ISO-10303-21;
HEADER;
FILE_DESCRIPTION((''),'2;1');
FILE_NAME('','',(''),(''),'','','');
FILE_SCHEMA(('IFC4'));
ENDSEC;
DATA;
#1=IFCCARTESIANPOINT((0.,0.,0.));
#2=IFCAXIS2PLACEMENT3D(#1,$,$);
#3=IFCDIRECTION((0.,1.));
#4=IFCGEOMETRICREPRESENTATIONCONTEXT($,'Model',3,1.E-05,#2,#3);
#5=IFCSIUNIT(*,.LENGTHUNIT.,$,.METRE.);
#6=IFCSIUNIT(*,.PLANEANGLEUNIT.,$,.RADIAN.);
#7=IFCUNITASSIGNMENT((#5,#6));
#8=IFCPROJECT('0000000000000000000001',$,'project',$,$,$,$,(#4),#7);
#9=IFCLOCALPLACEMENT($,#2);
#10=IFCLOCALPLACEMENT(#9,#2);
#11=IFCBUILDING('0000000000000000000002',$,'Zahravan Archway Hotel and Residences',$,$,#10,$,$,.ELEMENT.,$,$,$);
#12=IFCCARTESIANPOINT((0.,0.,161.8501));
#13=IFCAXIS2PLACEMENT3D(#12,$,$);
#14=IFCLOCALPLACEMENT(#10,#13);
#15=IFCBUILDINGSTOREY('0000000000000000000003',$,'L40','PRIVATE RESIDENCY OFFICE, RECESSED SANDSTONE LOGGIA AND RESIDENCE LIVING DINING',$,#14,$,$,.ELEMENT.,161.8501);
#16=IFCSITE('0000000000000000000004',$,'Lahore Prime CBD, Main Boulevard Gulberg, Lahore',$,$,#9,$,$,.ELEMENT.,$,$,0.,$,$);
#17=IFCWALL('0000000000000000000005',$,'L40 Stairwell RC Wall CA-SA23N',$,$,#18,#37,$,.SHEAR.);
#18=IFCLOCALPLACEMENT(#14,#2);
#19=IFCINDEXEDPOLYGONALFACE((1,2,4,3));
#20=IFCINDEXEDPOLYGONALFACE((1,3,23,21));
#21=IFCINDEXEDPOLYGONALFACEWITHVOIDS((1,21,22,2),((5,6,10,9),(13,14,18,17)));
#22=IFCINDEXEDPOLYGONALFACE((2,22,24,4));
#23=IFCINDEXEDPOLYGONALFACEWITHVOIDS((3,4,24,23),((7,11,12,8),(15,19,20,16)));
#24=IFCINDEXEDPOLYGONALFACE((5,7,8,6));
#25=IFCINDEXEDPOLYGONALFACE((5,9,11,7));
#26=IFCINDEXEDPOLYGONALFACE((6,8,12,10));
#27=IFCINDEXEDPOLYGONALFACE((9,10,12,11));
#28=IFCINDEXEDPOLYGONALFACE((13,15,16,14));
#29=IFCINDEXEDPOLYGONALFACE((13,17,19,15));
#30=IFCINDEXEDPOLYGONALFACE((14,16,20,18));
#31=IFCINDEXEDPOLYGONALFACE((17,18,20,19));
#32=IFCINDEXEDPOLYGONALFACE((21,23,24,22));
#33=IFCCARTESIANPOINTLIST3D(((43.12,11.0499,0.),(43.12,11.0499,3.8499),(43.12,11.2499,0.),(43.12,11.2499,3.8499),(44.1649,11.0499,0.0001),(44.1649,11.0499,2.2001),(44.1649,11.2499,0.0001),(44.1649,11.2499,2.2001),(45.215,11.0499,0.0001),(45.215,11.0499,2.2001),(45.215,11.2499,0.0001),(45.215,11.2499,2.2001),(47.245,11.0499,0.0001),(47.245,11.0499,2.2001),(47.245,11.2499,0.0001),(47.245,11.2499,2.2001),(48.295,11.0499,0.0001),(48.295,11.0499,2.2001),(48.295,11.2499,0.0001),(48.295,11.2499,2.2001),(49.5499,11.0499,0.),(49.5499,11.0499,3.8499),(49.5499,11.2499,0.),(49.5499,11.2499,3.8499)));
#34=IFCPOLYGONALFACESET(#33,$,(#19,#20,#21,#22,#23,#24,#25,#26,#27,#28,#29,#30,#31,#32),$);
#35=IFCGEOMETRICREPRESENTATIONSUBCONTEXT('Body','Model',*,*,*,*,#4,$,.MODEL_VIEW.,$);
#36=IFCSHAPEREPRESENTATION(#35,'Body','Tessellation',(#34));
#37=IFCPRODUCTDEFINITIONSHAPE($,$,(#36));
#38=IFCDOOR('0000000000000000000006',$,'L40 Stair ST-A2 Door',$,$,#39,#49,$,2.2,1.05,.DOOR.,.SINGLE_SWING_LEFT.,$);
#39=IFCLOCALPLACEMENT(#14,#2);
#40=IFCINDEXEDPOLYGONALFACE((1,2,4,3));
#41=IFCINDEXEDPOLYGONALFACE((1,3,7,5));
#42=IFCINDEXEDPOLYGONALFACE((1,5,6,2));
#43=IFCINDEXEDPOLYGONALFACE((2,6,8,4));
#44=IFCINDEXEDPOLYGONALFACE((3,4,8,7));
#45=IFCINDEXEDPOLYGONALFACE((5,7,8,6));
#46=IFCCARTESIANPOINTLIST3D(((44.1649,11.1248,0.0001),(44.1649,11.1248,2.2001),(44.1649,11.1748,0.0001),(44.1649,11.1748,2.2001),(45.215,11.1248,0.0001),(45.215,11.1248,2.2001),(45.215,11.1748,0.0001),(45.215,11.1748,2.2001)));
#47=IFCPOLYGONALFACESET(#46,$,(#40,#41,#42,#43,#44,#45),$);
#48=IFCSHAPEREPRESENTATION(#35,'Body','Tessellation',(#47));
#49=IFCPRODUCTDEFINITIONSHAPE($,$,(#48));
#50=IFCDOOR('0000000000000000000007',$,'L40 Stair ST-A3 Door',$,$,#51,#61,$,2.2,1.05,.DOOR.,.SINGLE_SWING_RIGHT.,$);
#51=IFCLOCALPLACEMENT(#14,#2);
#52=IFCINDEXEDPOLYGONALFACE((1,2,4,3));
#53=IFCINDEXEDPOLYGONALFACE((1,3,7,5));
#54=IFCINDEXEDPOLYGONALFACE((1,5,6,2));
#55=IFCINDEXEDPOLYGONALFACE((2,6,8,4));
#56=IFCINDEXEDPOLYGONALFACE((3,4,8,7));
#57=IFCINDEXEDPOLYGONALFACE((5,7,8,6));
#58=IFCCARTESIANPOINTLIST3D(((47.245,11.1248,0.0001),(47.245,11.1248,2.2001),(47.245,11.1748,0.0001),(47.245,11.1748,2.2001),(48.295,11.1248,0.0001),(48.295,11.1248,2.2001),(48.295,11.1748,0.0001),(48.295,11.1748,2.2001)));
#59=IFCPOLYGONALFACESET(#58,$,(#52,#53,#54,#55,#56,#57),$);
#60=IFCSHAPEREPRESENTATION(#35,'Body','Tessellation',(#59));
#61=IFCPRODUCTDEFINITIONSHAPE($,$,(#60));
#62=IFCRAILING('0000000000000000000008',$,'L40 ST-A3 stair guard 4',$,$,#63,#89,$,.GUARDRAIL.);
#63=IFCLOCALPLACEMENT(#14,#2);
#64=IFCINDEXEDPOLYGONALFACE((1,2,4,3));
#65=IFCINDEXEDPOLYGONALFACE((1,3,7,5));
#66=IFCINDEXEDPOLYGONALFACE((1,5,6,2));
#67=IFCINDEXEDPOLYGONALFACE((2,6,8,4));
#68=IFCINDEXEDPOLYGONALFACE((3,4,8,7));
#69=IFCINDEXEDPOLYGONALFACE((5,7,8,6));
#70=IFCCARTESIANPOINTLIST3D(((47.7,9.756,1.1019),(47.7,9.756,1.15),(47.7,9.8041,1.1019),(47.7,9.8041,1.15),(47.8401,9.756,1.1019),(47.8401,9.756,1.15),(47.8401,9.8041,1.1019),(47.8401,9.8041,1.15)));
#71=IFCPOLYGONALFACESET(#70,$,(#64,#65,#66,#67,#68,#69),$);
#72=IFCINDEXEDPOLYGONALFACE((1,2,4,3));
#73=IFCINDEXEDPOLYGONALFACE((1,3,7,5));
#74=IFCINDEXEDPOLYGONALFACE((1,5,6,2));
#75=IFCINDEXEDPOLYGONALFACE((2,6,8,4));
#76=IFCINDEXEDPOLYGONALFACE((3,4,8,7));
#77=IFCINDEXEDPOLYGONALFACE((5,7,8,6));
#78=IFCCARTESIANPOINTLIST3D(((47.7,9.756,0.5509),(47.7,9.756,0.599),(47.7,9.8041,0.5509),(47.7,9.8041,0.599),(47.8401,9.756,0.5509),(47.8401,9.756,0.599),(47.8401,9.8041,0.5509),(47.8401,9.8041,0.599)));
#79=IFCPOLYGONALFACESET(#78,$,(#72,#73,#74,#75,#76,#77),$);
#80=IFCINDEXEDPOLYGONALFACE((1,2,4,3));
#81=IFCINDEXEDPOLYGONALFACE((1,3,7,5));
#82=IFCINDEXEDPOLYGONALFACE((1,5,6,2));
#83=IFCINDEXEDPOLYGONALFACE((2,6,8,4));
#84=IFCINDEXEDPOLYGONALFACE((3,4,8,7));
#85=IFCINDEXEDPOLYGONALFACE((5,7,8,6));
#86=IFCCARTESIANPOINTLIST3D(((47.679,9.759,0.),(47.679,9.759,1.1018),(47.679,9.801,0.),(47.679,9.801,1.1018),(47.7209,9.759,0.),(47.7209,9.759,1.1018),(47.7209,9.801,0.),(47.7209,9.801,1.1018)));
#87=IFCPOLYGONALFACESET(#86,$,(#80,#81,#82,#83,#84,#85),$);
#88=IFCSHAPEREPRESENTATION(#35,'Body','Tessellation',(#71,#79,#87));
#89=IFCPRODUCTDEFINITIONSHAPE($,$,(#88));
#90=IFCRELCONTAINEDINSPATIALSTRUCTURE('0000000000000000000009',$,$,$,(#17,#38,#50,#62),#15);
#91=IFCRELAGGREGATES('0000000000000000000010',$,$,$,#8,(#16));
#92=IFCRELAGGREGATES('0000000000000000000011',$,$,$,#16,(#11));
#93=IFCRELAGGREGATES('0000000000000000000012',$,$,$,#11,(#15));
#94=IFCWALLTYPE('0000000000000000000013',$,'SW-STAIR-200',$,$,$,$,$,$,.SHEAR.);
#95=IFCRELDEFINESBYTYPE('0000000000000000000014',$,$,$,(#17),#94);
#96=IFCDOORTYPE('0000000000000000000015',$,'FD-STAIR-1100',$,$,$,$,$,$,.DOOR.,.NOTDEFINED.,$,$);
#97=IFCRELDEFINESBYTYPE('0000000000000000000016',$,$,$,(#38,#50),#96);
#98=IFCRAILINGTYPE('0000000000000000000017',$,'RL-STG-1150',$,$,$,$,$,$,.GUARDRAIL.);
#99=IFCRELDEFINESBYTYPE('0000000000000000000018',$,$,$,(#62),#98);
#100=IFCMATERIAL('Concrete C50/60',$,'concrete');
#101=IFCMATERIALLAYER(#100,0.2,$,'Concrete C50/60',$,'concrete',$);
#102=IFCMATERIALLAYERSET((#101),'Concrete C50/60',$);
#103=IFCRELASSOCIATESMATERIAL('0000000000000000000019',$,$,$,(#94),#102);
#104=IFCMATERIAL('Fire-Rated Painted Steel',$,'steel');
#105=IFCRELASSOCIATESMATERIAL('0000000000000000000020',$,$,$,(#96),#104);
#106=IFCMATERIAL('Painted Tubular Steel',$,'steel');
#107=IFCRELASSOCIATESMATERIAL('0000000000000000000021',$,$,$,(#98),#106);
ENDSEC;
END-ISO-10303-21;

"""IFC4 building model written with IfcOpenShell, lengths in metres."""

from ifc_helpers import new_model, si_unit, direction, frame, frame_2d, origin, origin_2d, place, context, subcontext, project, spatial, rectangle, extrude, source, transform, mapped, material, layer, layer_set, type_object, type_shapes, element, fill, save


model = new_model("IFC4")

# Units and contexts
model_context = context("Model", 3, precision=1e-05, world=origin(), true_north=direction((0.0, 1.0)))
body_context = subcontext(model_context, "Body", "Model", "MODEL_VIEW")
ifc_project = project(units=[si_unit("LENGTHUNIT", "METRE"), si_unit("PLANEANGLEUNIT", "RADIAN")], contexts=[model_context])

# Site, building, storey
site_placement = place(None, origin())
site = spatial("IfcSite", under=ifc_project, at=site_placement, Name="Lahore Prime CBD, Main Boulevard Gulberg, Lahore", CompositionType="ELEMENT", RefElevation=0.0)
building_placement = place(site_placement, origin())
building = spatial("IfcBuilding", under=site, at=building_placement, Name="Zahravan Archway Hotel and Residences", CompositionType="ELEMENT")
storey_placement = place(building_placement, frame((0.0, 0.0, 161.8501)))
storey = spatial("IfcBuildingStorey", under=building, at=storey_placement, Name="L40", Description="PRIVATE RESIDENCY OFFICE, RECESSED SANDSTONE LOGGIA AND RESIDENCE LIVING DINING", CompositionType="ELEMENT", Elevation=161.8501)

# Shared definitions
ifc_material_1 = material(Name="Fire-Rated Painted Steel", Category="steel")

# Wall, openings, doors
ifc_material_2 = material(Name="Concrete C50/60", Category="concrete")
ifc_layer_1 = layer(ifc_material_2, 0.2, Name="Concrete C50/60", Category="concrete")
ifc_layer_set_1 = layer_set([ifc_layer_1], Name="Concrete C50/60")
wall_type_1 = type_object("IfcWallType", Name="SW-STAIR-200", PredefinedType="SHEAR", material=ifc_layer_set_1)
wall_1_placement = place(storey_placement, frame((43.1201, 11.1499, 0.0), z_axis=(0.0, 0.0, 1.0), x_axis=(1.0, 0.0, 0.0)))
wall_1 = element("IfcWall", 1, at=wall_1_placement, inside=storey, type_object=wall_type_1, Name="L40 Stairwell RC Wall CA-SA23N", PredefinedType="SHEAR", context=body_context, shape_type="SweptSolid", body=[
    extrude(rectangle(XDim=6.4299, YDim=0.2, at=frame_2d((3.2148, 0.0))), origin(), (0.0, 0.0, 1.0), 3.8499),
])
opening_1_placement = place(wall_1_placement, frame((1.0449, 0.0, 0.0)))
opening_1 = element("IfcOpeningElement", 2, at=opening_1_placement, cuts=wall_1, PredefinedType="OPENING", context=body_context, shape_type="SweptSolid", body=[
    extrude(rectangle(XDim=1.05, YDim=2.2, at=frame_2d((0.5249, 1.1001))), frame((0.0, 0.1099, 0.0), z_axis=(0.0, -1.0, 0.0), x_axis=(1.0, 0.0, 0.0)), (0.0, 0.0, 1.0), 0.22),
])
opening_2_placement = place(wall_1_placement, frame((4.125, 0.0, 0.0)))
opening_2 = element("IfcOpeningElement", 3, at=opening_2_placement, cuts=wall_1, PredefinedType="OPENING", context=body_context, shape_type="SweptSolid", body=[
    extrude(rectangle(XDim=1.05, YDim=2.2, at=frame_2d((0.5249, 1.1001))), frame((0.0, 0.1099, 0.0), z_axis=(0.0, -1.0, 0.0), x_axis=(1.0, 0.0, 0.0)), (0.0, 0.0, 1.0), 0.22),
])
door_type_1 = type_object("IfcDoorType", Name="FD-STAIR-1100", OperationType="NOTDEFINED", PredefinedType="DOOR", material=ifc_material_1)
shared_shape_1 = source(origin(), body_context, "Body", "SweptSolid", [
    extrude(rectangle(XDim=1.05, YDim=2.2, at=frame_2d((0.5249, 1.1001))), frame((0.0, 0.0249, 0.0), z_axis=(0.0, -1.0, 0.0), x_axis=(1.0, 0.0, 0.0)), (0.0, 0.0, 1.0), 0.05),
])
type_shapes(door_type_1, [shared_shape_1])
door_1_placement = place(opening_1_placement, origin())
door_1 = element("IfcDoor", 4, at=door_1_placement, inside=storey, type_object=door_type_1, Name="L40 Stair ST-A2 Door", OperationType="SINGLE_SWING_LEFT", OverallHeight=2.2, OverallWidth=1.05, PredefinedType="DOOR", context=body_context, shape_type="MappedRepresentation", body=[
    mapped(shared_shape_1, transform((0.0, 0.0, 0.0), scale=1.0)),
])
fill(opening_1, door_1)
door_2_placement = place(opening_2_placement, origin())
door_2 = element("IfcDoor", 5, at=door_2_placement, inside=storey, type_object=door_type_1, Name="L40 Stair ST-A3 Door", OperationType="SINGLE_SWING_RIGHT", OverallHeight=2.2, OverallWidth=1.05, PredefinedType="DOOR", context=body_context, shape_type="MappedRepresentation", body=[
    mapped(shared_shape_1, transform((0.0, 0.0, 0.0), scale=1.0)),
])
fill(opening_2, door_2)

# Railing
ifc_material_3 = material(Name="Painted Tubular Steel", Category="steel")
railing_type = type_object("IfcRailingType", Name="RL-STG-1150", PredefinedType="GUARDRAIL", material=ifc_material_3)
railing_placement = place(storey_placement, frame((47.7, 9.78, 0.0)))
element("IfcRailing", 6, at=railing_placement, inside=storey, type_object=railing_type, Name="L40 ST-A3 stair guard 4", PredefinedType="GUARDRAIL", context=body_context, shape_type="SweptSolid", body=[
    extrude(rectangle(XDim=0.0481, YDim=0.0481, at=origin_2d()), frame((0.0, 0.0, 1.126), z_axis=(1.0, 0.0, 0.0), x_axis=(0.0, 1.0, 0.0)), (0.0, 0.0, 1.0), 0.1401),
    extrude(rectangle(XDim=0.0481, YDim=0.0481, at=origin_2d()), frame((0.0, 0.0, 0.575), z_axis=(1.0, 0.0, 0.0), x_axis=(0.0, 1.0, 0.0)), (0.0, 0.0, 1.0), 0.1401),
    extrude(rectangle(XDim=0.042, YDim=0.042, at=origin_2d()), origin(), (0.0, 0.0, 1.0), 1.1018),
])

save(model, "model.ifc")
